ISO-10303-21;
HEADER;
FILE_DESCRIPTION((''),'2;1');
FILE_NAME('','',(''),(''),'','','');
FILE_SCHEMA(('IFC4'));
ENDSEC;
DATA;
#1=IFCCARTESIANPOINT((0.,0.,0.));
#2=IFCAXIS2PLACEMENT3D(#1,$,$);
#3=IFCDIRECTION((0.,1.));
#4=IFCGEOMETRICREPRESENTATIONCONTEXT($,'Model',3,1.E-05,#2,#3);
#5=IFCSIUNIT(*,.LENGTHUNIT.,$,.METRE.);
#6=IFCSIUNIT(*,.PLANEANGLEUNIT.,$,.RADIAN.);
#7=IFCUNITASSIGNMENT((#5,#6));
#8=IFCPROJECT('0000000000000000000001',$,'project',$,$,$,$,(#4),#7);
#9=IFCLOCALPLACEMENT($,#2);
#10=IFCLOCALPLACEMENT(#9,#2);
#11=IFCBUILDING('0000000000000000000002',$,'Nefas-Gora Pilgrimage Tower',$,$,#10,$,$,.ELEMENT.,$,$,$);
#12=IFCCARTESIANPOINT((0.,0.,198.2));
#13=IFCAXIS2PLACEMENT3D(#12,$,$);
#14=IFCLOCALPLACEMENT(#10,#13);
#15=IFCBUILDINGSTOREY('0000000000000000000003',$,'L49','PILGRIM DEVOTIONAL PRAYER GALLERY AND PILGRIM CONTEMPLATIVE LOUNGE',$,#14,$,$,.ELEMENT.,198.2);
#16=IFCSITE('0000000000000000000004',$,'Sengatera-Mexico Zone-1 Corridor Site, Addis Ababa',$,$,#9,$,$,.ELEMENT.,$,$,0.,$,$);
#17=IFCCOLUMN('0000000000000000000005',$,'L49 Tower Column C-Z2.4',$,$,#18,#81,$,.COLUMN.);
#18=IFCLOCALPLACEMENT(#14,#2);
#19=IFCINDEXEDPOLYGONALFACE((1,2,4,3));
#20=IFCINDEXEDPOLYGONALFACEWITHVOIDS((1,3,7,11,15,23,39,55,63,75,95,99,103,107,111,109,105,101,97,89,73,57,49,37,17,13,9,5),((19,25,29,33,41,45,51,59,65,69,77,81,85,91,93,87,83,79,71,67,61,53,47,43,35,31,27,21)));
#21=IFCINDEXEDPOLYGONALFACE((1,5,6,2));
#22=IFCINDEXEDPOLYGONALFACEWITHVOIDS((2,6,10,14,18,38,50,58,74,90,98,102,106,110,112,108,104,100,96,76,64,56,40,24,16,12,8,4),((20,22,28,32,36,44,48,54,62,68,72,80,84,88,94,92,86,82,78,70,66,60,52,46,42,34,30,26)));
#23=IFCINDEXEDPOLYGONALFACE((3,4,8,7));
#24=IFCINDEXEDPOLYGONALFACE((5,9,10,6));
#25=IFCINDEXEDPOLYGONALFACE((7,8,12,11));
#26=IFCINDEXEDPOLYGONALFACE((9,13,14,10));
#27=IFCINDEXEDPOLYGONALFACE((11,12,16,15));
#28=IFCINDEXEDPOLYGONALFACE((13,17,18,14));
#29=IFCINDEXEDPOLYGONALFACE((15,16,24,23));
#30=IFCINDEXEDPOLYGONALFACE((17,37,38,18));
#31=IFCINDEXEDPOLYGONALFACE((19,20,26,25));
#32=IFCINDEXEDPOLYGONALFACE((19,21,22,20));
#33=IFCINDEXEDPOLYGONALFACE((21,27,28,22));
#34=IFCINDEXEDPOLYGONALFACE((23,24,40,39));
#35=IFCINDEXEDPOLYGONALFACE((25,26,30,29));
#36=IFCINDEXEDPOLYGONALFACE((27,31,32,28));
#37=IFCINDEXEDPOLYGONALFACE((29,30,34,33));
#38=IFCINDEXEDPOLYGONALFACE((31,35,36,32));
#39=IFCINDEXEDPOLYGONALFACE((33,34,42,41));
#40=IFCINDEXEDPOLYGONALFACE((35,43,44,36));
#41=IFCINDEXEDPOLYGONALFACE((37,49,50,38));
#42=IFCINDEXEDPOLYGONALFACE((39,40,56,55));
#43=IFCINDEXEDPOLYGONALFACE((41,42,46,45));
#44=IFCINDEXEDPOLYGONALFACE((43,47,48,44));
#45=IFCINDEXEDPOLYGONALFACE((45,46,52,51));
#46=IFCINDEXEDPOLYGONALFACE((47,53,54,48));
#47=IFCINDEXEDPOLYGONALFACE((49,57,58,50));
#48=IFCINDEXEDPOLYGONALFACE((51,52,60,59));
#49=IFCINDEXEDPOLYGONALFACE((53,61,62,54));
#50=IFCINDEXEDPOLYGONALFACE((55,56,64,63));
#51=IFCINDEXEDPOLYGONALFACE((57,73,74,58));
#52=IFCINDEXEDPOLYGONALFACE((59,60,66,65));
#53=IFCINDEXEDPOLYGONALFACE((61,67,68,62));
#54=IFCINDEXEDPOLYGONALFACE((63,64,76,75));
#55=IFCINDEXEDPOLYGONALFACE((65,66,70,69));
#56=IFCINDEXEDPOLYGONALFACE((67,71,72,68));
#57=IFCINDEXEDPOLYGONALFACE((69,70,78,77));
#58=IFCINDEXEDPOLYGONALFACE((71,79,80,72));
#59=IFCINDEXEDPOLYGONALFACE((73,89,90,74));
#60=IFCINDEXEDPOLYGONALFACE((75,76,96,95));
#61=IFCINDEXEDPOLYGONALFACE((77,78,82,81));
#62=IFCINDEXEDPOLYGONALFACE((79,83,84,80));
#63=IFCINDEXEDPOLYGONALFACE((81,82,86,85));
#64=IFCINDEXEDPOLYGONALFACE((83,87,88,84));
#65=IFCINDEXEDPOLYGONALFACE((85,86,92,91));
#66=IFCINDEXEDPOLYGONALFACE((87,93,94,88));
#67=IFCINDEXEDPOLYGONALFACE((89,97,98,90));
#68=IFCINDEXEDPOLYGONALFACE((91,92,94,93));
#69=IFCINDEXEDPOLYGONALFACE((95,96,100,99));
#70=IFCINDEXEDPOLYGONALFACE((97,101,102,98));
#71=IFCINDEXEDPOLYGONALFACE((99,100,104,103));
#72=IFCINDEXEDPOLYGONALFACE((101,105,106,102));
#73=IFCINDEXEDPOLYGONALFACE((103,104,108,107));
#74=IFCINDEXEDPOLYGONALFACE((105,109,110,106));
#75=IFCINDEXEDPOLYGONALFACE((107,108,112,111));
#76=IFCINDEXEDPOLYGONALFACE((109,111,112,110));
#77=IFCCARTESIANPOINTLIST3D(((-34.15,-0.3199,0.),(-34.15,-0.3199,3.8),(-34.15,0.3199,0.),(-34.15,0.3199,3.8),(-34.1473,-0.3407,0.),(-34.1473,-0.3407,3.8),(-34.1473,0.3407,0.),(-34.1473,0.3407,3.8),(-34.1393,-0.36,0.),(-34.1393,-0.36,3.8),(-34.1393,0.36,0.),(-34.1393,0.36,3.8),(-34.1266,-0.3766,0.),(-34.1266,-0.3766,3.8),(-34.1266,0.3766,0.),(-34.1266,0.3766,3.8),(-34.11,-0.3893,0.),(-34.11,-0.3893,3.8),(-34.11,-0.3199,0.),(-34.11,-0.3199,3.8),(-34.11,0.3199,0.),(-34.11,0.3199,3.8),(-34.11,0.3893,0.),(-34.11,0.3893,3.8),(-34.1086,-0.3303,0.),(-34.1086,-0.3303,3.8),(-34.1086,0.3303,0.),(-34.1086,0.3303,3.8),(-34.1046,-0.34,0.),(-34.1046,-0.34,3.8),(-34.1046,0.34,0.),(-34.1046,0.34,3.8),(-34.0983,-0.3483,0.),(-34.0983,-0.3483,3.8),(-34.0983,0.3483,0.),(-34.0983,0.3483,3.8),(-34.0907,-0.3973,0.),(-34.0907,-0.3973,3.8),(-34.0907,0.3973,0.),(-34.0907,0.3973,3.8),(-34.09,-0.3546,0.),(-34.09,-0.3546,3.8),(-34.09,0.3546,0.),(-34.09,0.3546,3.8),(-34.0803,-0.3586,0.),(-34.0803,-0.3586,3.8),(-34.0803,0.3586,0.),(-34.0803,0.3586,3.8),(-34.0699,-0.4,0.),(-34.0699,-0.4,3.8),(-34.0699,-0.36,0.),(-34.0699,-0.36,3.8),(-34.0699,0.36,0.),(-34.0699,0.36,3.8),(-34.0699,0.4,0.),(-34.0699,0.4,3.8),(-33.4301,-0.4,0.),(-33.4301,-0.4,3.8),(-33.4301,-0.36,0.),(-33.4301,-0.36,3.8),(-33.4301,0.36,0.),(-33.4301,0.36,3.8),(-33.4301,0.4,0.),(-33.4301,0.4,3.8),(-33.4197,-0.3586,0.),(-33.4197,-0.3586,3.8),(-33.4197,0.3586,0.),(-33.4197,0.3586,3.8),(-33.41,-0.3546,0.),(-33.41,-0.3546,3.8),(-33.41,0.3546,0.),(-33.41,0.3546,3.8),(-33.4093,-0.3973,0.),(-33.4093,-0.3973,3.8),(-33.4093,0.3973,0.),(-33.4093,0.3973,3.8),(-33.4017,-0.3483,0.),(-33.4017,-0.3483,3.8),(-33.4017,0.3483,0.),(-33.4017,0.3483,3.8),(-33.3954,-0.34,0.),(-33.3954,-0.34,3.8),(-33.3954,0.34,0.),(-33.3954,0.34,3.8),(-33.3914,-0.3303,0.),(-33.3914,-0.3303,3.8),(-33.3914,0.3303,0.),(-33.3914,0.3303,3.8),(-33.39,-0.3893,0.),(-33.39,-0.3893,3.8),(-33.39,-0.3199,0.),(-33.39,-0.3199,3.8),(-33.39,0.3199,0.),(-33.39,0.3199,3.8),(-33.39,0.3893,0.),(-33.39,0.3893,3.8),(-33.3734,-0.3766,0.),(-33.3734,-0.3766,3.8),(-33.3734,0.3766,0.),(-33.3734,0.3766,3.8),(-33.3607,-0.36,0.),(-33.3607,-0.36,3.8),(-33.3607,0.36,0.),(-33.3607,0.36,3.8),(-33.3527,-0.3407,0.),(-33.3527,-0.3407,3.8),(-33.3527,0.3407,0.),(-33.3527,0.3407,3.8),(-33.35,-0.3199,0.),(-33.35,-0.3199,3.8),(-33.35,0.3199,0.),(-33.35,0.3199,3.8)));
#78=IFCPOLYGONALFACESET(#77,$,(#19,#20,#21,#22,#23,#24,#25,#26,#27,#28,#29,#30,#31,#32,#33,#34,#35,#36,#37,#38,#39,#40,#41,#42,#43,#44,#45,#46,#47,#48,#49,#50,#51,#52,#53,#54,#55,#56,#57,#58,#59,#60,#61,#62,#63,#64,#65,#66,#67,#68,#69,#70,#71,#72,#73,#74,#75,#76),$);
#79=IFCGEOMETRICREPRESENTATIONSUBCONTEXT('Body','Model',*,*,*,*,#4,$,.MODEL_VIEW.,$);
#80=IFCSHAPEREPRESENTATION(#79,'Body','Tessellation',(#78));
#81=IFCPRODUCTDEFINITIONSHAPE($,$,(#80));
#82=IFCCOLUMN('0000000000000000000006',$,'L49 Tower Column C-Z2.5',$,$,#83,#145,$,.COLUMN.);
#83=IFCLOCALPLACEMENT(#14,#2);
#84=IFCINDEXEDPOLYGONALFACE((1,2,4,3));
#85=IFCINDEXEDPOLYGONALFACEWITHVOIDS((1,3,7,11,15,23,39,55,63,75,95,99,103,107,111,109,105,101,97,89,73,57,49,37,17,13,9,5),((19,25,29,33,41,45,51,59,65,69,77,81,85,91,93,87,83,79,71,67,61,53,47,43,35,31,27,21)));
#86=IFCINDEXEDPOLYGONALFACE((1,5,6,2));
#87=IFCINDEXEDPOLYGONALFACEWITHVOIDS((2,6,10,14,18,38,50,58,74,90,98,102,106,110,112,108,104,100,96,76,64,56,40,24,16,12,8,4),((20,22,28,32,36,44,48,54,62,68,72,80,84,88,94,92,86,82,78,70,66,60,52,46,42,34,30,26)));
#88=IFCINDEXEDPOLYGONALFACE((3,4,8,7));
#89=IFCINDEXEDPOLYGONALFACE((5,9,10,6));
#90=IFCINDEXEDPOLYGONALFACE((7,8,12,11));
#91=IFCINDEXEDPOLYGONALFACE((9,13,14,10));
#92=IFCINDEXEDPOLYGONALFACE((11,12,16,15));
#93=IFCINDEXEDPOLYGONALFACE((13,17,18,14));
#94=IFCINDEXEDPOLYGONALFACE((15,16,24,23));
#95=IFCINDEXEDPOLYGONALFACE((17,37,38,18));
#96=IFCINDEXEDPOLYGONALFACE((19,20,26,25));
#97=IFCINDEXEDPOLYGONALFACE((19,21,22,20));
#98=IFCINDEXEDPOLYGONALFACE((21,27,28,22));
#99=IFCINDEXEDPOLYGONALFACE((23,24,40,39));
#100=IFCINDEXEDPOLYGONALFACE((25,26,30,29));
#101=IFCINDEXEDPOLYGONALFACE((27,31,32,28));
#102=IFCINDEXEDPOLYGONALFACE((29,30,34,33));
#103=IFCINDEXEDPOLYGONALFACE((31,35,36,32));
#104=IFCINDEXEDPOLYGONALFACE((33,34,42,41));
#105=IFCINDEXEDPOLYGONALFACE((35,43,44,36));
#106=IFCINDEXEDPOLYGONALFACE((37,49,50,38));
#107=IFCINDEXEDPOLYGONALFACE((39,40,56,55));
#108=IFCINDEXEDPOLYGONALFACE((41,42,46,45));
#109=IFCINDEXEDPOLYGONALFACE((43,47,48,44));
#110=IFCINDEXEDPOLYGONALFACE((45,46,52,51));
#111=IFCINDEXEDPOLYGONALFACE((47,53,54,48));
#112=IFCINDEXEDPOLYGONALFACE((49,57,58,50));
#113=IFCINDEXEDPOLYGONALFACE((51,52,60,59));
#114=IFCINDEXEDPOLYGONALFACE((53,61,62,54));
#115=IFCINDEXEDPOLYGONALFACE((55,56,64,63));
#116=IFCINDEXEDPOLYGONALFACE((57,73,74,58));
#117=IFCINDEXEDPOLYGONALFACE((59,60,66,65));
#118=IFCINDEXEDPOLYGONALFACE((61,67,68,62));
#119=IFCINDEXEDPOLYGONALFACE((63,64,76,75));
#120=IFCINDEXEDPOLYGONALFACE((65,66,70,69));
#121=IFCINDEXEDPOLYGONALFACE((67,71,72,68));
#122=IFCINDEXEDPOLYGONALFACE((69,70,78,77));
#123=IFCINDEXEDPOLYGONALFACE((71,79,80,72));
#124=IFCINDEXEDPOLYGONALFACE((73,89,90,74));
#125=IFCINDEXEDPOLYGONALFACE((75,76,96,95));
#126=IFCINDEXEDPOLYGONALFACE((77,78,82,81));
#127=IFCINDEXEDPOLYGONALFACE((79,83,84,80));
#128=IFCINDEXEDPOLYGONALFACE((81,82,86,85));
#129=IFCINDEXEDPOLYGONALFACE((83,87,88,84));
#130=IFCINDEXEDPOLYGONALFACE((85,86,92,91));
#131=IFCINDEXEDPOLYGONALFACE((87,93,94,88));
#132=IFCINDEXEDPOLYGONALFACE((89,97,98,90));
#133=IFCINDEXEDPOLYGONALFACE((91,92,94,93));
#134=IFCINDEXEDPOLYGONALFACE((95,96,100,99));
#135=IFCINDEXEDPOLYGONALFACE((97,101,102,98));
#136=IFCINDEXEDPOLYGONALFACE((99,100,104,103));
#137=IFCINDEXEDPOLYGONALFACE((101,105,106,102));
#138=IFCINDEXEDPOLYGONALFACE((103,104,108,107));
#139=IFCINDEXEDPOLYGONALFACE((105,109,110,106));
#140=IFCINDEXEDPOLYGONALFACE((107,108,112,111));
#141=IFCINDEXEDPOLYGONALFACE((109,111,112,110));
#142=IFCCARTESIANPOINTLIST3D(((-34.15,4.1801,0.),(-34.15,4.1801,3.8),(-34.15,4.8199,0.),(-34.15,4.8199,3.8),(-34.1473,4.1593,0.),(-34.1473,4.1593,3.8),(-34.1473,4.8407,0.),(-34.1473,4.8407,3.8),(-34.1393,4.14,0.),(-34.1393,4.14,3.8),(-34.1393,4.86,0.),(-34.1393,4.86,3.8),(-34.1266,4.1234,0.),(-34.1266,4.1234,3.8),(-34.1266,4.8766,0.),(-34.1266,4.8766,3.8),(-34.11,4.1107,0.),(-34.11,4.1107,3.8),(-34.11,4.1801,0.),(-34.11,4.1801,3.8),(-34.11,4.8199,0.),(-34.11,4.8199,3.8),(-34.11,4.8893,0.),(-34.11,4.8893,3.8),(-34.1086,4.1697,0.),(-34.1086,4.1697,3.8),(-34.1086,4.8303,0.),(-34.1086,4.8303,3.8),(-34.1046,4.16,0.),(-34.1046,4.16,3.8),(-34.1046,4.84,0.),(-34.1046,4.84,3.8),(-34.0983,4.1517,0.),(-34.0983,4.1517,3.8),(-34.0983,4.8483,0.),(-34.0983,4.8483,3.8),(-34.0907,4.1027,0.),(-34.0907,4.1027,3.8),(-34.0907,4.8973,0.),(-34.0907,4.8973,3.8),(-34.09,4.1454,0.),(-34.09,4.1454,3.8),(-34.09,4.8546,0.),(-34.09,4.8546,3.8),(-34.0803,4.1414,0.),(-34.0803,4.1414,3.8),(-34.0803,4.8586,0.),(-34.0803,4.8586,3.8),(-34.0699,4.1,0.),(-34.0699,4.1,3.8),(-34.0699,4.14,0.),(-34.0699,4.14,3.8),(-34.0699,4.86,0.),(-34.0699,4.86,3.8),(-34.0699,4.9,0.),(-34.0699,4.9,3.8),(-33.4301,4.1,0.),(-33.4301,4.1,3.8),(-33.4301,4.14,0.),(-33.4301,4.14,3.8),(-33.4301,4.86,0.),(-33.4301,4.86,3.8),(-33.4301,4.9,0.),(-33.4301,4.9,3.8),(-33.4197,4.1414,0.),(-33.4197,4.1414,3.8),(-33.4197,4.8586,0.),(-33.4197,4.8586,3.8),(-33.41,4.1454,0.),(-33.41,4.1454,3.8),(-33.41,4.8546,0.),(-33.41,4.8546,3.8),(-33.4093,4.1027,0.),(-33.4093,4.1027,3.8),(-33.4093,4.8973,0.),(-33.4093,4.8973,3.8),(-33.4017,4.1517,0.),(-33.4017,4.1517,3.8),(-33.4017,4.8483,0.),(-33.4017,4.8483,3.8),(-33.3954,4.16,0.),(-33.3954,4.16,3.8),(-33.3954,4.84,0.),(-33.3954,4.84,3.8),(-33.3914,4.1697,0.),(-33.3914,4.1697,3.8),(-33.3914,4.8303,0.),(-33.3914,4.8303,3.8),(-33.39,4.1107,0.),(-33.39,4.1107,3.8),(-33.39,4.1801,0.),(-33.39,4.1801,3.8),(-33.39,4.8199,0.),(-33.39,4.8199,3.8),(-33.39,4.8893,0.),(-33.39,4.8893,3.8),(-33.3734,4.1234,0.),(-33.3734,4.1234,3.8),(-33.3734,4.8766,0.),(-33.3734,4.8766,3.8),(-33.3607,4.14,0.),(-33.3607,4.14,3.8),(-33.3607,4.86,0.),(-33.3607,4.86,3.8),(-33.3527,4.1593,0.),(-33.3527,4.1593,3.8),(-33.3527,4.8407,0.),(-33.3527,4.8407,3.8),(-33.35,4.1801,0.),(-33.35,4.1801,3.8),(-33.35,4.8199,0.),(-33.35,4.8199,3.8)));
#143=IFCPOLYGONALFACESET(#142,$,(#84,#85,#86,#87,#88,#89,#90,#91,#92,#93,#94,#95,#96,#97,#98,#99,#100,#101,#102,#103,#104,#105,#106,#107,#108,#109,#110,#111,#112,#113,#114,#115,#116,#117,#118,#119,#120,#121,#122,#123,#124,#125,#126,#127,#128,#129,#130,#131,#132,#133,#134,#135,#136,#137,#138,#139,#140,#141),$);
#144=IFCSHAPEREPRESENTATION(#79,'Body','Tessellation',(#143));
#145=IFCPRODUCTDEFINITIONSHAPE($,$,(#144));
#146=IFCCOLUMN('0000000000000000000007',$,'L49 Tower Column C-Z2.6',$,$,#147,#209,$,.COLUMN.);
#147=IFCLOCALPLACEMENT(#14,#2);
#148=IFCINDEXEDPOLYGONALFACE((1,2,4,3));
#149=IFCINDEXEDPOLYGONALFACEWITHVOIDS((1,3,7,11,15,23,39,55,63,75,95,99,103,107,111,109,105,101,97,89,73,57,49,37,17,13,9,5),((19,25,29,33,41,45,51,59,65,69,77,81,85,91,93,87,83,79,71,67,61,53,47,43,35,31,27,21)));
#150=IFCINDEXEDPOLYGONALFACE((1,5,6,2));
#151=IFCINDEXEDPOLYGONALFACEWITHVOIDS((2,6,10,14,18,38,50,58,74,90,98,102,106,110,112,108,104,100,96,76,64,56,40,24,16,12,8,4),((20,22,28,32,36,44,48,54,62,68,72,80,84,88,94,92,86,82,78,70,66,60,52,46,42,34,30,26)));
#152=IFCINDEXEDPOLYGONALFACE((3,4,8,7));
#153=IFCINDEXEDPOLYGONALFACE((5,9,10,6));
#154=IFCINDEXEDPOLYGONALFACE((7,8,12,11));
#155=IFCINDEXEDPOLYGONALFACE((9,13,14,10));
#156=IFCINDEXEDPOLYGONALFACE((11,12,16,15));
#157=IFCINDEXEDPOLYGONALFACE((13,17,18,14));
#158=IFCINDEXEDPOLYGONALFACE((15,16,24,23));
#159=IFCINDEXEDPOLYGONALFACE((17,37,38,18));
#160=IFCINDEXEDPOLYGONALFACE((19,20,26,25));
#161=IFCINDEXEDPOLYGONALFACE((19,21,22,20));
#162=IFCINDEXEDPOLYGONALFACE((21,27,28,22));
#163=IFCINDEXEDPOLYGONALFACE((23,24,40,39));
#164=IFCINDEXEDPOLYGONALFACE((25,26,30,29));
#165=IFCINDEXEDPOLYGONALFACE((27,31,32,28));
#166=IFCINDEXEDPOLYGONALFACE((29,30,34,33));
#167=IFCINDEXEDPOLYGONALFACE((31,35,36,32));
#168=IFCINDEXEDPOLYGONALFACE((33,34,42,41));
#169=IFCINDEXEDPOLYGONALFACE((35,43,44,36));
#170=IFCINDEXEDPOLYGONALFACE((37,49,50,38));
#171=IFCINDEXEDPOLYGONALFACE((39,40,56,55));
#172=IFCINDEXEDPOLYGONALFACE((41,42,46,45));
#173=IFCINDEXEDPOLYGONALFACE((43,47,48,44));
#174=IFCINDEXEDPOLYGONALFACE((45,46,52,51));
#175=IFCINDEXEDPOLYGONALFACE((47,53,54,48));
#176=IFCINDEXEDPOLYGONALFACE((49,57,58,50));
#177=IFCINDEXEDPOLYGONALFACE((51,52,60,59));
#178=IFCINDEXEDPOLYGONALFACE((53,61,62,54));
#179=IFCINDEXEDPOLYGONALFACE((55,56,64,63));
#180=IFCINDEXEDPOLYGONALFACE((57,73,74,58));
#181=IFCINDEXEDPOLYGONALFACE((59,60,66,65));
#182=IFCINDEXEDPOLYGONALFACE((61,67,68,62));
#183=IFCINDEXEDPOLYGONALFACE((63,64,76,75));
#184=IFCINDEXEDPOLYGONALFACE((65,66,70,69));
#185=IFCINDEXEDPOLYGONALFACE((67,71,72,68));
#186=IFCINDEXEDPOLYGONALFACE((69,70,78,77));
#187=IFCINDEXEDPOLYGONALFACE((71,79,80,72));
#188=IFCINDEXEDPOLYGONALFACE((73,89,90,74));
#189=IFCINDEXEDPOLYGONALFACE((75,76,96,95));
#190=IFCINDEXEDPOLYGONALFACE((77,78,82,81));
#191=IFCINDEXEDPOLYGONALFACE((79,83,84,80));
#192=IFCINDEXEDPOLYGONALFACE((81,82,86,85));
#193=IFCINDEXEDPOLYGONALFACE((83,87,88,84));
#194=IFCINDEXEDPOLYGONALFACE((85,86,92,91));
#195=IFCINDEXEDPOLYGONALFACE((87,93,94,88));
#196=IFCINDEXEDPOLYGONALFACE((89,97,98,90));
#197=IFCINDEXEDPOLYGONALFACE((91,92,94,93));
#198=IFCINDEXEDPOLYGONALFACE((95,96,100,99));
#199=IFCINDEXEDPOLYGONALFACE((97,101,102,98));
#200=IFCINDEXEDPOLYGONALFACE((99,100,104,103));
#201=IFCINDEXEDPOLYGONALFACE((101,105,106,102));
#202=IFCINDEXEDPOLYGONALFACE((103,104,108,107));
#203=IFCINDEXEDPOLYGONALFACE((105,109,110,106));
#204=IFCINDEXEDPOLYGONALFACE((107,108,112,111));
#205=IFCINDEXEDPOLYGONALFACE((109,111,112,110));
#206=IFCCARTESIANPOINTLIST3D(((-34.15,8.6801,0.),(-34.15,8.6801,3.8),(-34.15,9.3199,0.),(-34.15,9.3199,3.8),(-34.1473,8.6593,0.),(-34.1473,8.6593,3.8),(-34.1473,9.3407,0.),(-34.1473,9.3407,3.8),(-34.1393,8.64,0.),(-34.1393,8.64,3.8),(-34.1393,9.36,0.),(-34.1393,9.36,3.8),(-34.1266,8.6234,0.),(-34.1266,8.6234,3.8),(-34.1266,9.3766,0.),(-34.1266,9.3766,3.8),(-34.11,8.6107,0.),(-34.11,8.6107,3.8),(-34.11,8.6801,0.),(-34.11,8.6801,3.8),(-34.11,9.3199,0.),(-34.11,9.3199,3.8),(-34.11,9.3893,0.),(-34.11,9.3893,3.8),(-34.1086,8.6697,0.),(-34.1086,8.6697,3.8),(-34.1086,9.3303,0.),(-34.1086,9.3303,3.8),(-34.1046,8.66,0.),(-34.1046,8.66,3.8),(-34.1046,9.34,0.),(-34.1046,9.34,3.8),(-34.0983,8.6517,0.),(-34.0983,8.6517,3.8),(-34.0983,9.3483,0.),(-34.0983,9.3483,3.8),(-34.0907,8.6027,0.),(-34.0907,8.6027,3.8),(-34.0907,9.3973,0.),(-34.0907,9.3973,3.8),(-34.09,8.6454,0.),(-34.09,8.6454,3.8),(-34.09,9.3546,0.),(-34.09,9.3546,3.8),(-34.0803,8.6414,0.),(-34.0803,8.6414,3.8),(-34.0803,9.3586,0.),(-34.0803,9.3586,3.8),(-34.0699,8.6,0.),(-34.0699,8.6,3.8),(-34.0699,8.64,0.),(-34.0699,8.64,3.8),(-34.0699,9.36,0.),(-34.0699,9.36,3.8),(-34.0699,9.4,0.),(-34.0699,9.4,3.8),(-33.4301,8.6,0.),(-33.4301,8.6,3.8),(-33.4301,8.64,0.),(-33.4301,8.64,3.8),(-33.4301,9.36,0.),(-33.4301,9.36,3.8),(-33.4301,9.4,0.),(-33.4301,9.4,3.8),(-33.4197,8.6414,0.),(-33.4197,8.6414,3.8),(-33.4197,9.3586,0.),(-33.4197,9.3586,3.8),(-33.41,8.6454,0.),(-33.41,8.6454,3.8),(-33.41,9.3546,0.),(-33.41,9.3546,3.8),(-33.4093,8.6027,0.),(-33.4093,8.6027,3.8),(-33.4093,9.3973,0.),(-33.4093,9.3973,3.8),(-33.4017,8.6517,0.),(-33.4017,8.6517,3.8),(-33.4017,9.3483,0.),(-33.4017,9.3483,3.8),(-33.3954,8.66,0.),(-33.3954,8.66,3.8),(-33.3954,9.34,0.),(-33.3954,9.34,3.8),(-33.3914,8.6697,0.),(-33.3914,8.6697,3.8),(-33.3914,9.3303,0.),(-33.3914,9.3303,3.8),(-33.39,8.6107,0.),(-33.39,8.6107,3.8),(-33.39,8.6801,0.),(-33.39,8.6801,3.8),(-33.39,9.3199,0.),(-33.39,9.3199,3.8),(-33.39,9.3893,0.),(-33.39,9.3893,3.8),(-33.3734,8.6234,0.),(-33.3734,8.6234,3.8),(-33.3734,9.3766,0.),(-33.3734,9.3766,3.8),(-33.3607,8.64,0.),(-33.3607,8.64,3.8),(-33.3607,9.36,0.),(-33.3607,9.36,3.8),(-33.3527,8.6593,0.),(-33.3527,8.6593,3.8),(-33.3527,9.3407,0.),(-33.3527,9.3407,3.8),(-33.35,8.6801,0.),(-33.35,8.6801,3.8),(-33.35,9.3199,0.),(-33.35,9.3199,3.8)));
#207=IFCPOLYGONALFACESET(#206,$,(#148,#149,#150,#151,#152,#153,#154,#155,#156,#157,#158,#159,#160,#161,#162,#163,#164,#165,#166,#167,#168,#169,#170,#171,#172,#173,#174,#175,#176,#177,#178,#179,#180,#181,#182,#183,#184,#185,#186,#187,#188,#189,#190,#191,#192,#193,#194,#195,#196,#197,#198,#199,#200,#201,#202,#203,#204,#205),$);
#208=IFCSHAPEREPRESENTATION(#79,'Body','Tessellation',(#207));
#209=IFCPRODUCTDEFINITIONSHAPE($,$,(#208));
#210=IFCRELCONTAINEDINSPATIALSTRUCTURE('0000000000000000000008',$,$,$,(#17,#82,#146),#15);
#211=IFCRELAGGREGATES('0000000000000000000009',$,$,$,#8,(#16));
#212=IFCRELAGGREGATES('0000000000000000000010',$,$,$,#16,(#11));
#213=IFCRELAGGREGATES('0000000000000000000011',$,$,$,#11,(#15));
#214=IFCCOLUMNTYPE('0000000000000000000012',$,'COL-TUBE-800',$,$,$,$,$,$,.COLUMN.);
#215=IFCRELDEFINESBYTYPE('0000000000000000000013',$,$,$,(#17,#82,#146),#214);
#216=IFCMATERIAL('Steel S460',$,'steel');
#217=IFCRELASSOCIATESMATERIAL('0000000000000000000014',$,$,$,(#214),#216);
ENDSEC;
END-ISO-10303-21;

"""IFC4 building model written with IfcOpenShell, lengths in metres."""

from ifc_helpers import new_model, si_unit, direction, frame, origin, origin_2d, place, context, subcontext, project, spatial, hollow_rectangle, extrude, source, transform, mapped, material, material_profile, profile_set, type_object, element, save


model = new_model("IFC4")

# Units and contexts
model_context = context("Model", 3, precision=1e-05, world=origin(), true_north=direction((0.0, 1.0)))
body_context = subcontext(model_context, "Body", "Model", "MODEL_VIEW")
ifc_project = project(units=[si_unit("LENGTHUNIT", "METRE"), si_unit("PLANEANGLEUNIT", "RADIAN")], contexts=[model_context])

# Site, building, storey
site_placement = place(None, origin())
site = spatial("IfcSite", under=ifc_project, at=site_placement, Name="Sengatera-Mexico Zone-1 Corridor Site, Addis Ababa", CompositionType="ELEMENT", RefElevation=0.0)
building_placement = place(site_placement, origin())
building = spatial("IfcBuilding", under=site, at=building_placement, Name="Nefas-Gora Pilgrimage Tower", CompositionType="ELEMENT")
storey_placement = place(building_placement, frame((0.0, 0.0, 198.2)))
storey = spatial("IfcBuildingStorey", under=building, at=storey_placement, Name="L49", Description="PILGRIM DEVOTIONAL PRAYER GALLERY AND PILGRIM CONTEMPLATIVE LOUNGE", CompositionType="ELEMENT", Elevation=198.2)

# Columns
ifc_material_1 = material(Name="Steel S460", Category="steel")
ifc_material_profile_1 = material_profile(ifc_material_1, hollow_rectangle(XDim=0.8, YDim=0.8, WallThickness=0.04, InnerFilletRadius=0.04, OuterFilletRadius=0.0801, at=origin_2d()), Name="BOX 800x800x40")
ifc_profile_set_1 = profile_set([ifc_material_profile_1], Name="Steel S460")
column_type_1 = type_object("IfcColumnType", Name="COL-TUBE-800", PredefinedType="COLUMN", material=ifc_profile_set_1)
shared_shape_1 = source(origin(), body_context, "Body", "SweptSolid", [
    extrude(hollow_rectangle(XDim=0.8, YDim=0.8, WallThickness=0.04, InnerFilletRadius=0.04, OuterFilletRadius=0.0801, at=origin_2d()), origin(), (0.0, 0.0, 1.0), 3.8),
])
for number, where, z_axis, x_axis, name in (
    (1, (-33.75, 0.0, 0.0), (0.0, 0.0, 1.0), (1.0, 0.0, 0.0), "L49 Tower Column C-Z2.4"),
    (2, (-33.75, 4.5, 0.0), (0.0, 0.0, 1.0), (1.0, 0.0, 0.0), "L49 Tower Column C-Z2.5"),
    (3, (-33.75, 9.0, 0.0), (0.0, 0.0, 1.0), (1.0, 0.0, 0.0), "L49 Tower Column C-Z2.6"),
):
    element("IfcColumn", number, at=place(storey_placement, frame(where, z_axis=z_axis, x_axis=x_axis)), inside=storey, type_object=column_type_1, Name=name, PredefinedType="COLUMN", context=body_context, shape_type="MappedRepresentation", body=[
        mapped(shared_shape_1, transform((0.0, 0.0, 0.0), x_axis=(1.0, 0.0, 0.0), y_axis=(0.0, 1.0, 0.0), z_axis=(0.0, 0.0, 1.0), scale=1.0)),
    ])

save(model, "model.ifc")
